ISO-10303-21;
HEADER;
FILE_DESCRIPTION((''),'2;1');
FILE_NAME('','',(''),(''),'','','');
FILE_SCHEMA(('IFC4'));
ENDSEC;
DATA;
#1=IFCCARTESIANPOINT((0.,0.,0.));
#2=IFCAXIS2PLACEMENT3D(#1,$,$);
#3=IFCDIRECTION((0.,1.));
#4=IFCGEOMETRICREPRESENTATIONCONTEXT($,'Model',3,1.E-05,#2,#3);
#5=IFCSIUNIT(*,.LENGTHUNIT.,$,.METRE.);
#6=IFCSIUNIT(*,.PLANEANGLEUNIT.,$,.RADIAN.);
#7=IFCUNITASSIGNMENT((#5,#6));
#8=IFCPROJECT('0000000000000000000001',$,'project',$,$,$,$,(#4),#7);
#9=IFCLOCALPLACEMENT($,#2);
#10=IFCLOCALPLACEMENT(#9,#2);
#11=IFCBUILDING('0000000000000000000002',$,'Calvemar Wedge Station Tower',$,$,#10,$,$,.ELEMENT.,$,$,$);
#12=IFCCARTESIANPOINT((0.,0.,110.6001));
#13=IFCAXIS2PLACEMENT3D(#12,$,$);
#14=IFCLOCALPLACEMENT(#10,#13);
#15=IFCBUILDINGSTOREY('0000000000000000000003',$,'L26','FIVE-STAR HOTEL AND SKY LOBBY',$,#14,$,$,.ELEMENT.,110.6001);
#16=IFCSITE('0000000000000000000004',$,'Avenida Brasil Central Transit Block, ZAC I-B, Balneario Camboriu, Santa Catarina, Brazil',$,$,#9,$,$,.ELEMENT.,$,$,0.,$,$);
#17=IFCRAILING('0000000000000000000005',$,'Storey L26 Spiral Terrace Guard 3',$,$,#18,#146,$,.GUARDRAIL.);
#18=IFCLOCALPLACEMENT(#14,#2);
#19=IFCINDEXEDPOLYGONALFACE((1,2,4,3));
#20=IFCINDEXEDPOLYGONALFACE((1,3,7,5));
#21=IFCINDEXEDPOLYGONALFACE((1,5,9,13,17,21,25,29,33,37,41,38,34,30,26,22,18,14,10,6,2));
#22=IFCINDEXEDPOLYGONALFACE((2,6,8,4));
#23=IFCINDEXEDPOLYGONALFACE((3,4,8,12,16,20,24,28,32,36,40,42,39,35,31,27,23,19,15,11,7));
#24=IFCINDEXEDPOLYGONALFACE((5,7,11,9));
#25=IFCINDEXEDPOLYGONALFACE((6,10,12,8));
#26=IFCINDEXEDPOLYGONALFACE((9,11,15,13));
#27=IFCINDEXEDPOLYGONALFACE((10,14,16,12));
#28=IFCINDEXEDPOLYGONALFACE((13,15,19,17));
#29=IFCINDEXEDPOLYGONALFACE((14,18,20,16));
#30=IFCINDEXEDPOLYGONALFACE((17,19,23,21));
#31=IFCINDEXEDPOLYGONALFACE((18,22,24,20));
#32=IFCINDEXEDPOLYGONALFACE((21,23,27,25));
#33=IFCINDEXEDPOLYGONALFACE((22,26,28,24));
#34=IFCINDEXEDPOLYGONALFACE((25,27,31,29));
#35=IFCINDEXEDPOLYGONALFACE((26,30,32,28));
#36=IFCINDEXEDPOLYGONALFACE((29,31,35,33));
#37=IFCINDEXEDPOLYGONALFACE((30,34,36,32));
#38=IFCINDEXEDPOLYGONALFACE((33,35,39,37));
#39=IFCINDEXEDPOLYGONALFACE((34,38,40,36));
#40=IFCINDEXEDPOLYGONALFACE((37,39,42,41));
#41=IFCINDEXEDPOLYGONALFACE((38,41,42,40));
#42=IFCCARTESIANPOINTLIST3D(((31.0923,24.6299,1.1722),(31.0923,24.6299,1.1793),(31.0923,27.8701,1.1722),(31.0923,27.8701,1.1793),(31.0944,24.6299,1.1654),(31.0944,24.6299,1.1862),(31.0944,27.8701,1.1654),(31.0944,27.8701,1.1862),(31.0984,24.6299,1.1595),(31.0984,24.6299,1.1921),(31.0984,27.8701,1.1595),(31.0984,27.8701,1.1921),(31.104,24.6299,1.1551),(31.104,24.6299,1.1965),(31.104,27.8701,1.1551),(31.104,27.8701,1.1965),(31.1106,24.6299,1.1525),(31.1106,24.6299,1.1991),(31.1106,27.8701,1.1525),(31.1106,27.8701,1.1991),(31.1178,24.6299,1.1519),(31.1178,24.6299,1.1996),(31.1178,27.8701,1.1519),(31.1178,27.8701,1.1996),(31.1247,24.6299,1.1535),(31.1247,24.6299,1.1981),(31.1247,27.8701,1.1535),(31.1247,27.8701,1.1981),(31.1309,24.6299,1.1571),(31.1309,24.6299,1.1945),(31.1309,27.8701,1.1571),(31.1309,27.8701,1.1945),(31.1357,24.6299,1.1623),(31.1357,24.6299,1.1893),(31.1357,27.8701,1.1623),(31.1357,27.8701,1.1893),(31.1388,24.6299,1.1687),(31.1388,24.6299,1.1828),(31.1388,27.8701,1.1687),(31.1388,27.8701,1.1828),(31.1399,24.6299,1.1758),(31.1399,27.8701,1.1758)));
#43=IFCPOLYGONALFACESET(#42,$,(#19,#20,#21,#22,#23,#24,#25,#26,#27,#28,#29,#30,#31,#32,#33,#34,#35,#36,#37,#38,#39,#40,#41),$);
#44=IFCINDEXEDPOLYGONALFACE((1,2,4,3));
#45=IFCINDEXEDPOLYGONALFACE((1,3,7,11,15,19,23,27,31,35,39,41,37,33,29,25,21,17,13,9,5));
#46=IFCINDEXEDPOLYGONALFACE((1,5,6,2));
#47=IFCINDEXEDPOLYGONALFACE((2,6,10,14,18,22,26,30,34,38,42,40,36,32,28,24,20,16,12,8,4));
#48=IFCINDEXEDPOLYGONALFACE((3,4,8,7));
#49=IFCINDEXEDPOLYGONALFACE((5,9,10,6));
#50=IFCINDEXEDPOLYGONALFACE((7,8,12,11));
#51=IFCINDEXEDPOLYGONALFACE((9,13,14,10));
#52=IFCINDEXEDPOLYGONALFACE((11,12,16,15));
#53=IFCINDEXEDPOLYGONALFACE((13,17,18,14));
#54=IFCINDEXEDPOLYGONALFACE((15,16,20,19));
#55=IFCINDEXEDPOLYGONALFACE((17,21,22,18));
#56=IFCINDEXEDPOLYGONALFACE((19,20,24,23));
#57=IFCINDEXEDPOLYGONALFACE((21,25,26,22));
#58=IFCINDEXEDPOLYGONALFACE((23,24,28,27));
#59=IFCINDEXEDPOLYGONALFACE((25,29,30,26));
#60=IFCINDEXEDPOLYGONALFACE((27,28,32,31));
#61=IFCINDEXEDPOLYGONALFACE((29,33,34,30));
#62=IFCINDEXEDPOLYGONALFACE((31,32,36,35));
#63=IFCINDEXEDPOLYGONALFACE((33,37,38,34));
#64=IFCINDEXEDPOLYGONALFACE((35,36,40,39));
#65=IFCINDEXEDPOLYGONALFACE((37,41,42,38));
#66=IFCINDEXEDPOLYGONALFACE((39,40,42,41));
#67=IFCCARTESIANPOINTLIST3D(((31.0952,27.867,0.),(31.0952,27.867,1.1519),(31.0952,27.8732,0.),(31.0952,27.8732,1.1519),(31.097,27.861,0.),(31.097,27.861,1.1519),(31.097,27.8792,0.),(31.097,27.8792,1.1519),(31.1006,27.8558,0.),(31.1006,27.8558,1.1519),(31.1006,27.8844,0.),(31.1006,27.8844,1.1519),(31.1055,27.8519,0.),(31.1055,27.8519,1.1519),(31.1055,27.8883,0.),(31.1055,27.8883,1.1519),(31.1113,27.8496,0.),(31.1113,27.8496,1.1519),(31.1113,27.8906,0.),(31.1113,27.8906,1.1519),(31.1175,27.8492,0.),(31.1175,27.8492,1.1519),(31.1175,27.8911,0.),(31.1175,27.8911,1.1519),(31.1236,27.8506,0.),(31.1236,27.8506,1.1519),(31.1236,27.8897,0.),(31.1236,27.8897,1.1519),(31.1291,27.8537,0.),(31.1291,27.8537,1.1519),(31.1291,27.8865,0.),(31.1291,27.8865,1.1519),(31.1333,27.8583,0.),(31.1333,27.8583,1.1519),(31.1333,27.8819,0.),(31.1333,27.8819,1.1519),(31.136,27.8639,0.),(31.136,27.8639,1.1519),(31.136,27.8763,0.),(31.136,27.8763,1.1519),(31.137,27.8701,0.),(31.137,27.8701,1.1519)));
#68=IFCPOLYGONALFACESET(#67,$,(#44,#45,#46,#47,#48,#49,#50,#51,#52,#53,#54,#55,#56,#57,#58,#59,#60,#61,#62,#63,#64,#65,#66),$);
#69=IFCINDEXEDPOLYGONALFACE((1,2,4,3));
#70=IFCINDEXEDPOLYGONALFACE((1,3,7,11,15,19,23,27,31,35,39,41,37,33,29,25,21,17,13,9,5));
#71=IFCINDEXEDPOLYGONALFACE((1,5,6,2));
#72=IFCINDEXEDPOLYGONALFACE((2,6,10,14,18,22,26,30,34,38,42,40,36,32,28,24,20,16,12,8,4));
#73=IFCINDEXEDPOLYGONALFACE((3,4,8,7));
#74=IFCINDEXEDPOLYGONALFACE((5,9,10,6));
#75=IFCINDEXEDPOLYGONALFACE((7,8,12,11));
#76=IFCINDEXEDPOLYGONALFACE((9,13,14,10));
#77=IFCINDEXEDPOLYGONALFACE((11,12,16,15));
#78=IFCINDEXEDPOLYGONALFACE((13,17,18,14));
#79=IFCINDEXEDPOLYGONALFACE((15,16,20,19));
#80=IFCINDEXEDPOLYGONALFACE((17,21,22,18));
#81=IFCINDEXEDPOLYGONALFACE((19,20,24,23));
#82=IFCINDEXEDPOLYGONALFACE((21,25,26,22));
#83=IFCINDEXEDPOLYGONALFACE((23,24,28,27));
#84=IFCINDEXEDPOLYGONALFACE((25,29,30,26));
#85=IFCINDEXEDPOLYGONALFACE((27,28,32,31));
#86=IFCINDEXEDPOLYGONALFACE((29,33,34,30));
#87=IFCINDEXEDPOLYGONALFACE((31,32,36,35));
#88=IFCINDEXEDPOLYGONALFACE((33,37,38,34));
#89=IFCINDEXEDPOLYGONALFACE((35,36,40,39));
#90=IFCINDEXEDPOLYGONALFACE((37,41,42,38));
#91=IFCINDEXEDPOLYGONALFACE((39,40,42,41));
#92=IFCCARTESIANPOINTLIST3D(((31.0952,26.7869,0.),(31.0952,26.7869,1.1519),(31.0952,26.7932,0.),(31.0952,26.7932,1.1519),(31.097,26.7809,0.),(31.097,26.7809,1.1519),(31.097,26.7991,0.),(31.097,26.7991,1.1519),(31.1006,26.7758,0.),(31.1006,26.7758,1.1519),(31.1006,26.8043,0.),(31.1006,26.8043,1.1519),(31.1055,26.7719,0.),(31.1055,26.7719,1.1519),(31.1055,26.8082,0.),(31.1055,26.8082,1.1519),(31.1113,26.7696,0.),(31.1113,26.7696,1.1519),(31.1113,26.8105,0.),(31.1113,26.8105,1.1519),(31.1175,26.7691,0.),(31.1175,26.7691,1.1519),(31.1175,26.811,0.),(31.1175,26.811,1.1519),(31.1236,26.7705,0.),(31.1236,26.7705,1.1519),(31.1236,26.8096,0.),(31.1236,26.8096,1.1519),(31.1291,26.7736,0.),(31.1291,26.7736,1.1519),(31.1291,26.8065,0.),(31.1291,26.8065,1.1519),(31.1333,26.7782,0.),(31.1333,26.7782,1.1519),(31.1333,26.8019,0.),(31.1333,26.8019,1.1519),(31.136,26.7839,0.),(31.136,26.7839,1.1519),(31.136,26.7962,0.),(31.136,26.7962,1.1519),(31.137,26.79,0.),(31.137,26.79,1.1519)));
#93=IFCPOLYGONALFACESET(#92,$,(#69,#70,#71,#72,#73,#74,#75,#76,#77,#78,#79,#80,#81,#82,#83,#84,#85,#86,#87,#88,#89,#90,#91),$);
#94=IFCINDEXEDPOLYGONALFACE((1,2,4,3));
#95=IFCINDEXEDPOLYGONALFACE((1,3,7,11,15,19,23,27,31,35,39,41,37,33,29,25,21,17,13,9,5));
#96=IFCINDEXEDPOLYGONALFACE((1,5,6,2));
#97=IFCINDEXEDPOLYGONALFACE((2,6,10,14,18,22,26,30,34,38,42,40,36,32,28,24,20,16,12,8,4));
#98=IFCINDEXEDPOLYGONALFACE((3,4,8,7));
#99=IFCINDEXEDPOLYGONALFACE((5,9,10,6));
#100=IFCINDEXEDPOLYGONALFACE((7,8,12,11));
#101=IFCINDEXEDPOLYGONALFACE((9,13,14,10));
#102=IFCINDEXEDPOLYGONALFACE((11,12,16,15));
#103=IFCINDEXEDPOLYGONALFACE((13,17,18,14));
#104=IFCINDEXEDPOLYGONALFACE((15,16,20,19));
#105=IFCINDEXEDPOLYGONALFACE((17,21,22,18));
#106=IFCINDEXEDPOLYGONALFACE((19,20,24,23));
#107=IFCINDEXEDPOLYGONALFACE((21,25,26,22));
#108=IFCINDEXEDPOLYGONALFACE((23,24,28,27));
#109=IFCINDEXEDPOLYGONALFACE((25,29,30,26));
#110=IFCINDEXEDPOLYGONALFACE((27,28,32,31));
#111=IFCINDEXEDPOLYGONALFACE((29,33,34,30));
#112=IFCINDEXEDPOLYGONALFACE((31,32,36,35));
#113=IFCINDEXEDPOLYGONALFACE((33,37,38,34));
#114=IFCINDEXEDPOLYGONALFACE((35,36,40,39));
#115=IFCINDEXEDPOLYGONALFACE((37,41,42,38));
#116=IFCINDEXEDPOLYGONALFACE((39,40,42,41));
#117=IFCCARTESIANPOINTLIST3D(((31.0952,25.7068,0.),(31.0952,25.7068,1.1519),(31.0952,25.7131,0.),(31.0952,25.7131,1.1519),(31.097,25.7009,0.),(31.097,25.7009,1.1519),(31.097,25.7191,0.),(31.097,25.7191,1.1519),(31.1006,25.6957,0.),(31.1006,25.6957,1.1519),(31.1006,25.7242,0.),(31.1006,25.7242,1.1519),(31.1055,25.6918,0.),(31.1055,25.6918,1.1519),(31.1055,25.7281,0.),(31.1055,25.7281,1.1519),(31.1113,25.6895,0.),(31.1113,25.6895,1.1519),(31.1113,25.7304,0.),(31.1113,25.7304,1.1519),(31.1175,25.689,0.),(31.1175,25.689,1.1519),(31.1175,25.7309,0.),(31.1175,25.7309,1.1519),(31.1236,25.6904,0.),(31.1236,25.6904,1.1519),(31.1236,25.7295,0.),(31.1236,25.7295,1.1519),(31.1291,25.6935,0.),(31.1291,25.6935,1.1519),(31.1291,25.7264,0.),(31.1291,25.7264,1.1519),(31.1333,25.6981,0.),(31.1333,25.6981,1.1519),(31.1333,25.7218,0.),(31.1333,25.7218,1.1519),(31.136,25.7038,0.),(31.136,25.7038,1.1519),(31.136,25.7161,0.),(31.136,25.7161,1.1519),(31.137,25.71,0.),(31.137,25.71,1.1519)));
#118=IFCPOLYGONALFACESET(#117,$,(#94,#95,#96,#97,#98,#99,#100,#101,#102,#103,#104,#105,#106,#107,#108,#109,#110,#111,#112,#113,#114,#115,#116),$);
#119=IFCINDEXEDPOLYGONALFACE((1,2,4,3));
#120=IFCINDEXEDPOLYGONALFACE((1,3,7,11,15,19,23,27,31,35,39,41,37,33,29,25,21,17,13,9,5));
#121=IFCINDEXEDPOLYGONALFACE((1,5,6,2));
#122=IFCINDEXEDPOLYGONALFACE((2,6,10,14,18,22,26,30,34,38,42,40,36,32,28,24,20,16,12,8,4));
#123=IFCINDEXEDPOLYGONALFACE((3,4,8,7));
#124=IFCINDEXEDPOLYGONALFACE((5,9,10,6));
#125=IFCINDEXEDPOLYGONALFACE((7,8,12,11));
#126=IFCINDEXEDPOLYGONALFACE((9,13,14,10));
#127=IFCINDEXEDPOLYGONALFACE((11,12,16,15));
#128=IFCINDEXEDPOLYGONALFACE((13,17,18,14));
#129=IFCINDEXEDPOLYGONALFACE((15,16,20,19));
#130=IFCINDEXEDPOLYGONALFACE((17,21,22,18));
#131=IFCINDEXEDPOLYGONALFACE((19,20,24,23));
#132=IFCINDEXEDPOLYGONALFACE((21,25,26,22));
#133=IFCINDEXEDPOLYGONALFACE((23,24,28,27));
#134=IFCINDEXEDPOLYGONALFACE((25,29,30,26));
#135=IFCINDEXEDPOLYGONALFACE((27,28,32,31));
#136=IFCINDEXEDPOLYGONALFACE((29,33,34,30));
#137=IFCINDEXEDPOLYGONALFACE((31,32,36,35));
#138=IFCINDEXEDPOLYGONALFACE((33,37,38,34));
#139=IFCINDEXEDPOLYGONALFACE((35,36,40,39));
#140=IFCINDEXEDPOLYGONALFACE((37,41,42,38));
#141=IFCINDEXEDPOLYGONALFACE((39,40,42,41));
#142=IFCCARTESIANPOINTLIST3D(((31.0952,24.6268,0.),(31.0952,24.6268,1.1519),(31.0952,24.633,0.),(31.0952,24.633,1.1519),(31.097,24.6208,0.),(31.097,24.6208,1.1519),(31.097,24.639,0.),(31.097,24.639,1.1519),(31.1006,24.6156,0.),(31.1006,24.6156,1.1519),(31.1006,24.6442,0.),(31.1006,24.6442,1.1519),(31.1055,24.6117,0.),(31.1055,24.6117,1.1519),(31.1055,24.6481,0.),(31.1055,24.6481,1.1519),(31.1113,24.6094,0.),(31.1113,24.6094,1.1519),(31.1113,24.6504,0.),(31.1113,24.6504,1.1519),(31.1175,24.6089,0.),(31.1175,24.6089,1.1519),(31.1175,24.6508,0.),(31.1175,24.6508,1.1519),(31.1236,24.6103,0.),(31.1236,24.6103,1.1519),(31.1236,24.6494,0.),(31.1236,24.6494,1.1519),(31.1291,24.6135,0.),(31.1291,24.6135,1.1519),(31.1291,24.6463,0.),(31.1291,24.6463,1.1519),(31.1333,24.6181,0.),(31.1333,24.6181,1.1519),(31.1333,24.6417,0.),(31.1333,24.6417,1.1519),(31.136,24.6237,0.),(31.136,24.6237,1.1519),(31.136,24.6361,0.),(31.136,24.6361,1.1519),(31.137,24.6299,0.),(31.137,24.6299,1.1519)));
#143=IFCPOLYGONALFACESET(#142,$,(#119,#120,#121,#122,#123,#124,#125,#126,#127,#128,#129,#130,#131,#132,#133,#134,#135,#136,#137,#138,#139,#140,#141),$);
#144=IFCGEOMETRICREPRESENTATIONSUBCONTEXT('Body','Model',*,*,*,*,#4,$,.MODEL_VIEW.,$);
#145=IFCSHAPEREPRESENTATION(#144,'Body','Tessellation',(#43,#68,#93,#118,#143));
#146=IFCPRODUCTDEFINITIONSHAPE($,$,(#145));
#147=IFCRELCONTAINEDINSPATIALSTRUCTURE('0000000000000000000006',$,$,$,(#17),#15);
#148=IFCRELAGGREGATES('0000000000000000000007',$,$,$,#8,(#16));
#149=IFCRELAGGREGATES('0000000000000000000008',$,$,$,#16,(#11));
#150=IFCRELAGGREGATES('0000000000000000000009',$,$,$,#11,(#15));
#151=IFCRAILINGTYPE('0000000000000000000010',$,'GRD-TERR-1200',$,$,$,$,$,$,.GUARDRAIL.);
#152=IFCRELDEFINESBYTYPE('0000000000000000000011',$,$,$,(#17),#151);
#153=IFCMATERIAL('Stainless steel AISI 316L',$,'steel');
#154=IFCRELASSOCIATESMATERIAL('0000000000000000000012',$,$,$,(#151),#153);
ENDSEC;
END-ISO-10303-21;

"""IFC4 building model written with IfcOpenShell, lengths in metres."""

from ifc_helpers import new_model, si_unit, direction, frame, origin, origin_2d, place, context, subcontext, project, spatial, circle, extrude, material, type_object, element, save


model = new_model("IFC4")

# Units and contexts
model_context = context("Model", 3, precision=1e-05, world=origin(), true_north=direction((0.0, 1.0)))
body_context = subcontext(model_context, "Body", "Model", "MODEL_VIEW")
ifc_project = project(units=[si_unit("LENGTHUNIT", "METRE"), si_unit("PLANEANGLEUNIT", "RADIAN")], contexts=[model_context])

# Site, building, storey
site_placement = place(None, origin())
site = spatial("IfcSite", under=ifc_project, at=site_placement, Name="Avenida Brasil Central Transit Block, ZAC I-B, Balneario Camboriu, Santa Catarina, Brazil", CompositionType="ELEMENT", RefElevation=0.0)
building_placement = place(site_placement, origin())
building = spatial("IfcBuilding", under=site, at=building_placement, Name="Calvemar Wedge Station Tower", CompositionType="ELEMENT")
storey_placement = place(building_placement, frame((0.0, 0.0, 110.6001)))
storey = spatial("IfcBuildingStorey", under=building, at=storey_placement, Name="L26", Description="FIVE-STAR HOTEL AND SKY LOBBY", CompositionType="ELEMENT", Elevation=110.6001)

# Railing
ifc_material_1 = material(Name="Stainless steel AISI 316L", Category="steel")
railing_type = type_object("IfcRailingType", Name="GRD-TERR-1200", PredefinedType="GUARDRAIL", material=ifc_material_1)
railing_1_placement = place(storey_placement, frame((31.116, 27.8701, 0.0)))
element("IfcRailing", 1, at=railing_1_placement, inside=storey, type_object=railing_type, Name="Storey L26 Spiral Terrace Guard 3", PredefinedType="GUARDRAIL", context=body_context, shape_type="SweptSolid", body=[
    extrude(circle(Radius=0.0239, at=origin_2d()), frame((0.0, 0.0, 1.1758), z_axis=(0.0, -1.0, 0.0), x_axis=(1.0, 0.0, 0.0)), (0.0, 0.0, 1.0), 3.2402),
    extrude(circle(Radius=0.021, at=origin_2d()), origin(), (0.0, 0.0, 1.0), 1.1519),
    extrude(circle(Radius=0.021, at=origin_2d()), frame((0.0, -1.0801, 0.0)), (0.0, 0.0, 1.0), 1.1519),
    extrude(circle(Radius=0.021, at=origin_2d()), frame((0.0, -2.1602, 0.0)), (0.0, 0.0, 1.0), 1.1519),
    extrude(circle(Radius=0.021, at=origin_2d()), frame((0.0, -3.2402, 0.0)), (0.0, 0.0, 1.0), 1.1519),
])

save(model, "model.ifc")
